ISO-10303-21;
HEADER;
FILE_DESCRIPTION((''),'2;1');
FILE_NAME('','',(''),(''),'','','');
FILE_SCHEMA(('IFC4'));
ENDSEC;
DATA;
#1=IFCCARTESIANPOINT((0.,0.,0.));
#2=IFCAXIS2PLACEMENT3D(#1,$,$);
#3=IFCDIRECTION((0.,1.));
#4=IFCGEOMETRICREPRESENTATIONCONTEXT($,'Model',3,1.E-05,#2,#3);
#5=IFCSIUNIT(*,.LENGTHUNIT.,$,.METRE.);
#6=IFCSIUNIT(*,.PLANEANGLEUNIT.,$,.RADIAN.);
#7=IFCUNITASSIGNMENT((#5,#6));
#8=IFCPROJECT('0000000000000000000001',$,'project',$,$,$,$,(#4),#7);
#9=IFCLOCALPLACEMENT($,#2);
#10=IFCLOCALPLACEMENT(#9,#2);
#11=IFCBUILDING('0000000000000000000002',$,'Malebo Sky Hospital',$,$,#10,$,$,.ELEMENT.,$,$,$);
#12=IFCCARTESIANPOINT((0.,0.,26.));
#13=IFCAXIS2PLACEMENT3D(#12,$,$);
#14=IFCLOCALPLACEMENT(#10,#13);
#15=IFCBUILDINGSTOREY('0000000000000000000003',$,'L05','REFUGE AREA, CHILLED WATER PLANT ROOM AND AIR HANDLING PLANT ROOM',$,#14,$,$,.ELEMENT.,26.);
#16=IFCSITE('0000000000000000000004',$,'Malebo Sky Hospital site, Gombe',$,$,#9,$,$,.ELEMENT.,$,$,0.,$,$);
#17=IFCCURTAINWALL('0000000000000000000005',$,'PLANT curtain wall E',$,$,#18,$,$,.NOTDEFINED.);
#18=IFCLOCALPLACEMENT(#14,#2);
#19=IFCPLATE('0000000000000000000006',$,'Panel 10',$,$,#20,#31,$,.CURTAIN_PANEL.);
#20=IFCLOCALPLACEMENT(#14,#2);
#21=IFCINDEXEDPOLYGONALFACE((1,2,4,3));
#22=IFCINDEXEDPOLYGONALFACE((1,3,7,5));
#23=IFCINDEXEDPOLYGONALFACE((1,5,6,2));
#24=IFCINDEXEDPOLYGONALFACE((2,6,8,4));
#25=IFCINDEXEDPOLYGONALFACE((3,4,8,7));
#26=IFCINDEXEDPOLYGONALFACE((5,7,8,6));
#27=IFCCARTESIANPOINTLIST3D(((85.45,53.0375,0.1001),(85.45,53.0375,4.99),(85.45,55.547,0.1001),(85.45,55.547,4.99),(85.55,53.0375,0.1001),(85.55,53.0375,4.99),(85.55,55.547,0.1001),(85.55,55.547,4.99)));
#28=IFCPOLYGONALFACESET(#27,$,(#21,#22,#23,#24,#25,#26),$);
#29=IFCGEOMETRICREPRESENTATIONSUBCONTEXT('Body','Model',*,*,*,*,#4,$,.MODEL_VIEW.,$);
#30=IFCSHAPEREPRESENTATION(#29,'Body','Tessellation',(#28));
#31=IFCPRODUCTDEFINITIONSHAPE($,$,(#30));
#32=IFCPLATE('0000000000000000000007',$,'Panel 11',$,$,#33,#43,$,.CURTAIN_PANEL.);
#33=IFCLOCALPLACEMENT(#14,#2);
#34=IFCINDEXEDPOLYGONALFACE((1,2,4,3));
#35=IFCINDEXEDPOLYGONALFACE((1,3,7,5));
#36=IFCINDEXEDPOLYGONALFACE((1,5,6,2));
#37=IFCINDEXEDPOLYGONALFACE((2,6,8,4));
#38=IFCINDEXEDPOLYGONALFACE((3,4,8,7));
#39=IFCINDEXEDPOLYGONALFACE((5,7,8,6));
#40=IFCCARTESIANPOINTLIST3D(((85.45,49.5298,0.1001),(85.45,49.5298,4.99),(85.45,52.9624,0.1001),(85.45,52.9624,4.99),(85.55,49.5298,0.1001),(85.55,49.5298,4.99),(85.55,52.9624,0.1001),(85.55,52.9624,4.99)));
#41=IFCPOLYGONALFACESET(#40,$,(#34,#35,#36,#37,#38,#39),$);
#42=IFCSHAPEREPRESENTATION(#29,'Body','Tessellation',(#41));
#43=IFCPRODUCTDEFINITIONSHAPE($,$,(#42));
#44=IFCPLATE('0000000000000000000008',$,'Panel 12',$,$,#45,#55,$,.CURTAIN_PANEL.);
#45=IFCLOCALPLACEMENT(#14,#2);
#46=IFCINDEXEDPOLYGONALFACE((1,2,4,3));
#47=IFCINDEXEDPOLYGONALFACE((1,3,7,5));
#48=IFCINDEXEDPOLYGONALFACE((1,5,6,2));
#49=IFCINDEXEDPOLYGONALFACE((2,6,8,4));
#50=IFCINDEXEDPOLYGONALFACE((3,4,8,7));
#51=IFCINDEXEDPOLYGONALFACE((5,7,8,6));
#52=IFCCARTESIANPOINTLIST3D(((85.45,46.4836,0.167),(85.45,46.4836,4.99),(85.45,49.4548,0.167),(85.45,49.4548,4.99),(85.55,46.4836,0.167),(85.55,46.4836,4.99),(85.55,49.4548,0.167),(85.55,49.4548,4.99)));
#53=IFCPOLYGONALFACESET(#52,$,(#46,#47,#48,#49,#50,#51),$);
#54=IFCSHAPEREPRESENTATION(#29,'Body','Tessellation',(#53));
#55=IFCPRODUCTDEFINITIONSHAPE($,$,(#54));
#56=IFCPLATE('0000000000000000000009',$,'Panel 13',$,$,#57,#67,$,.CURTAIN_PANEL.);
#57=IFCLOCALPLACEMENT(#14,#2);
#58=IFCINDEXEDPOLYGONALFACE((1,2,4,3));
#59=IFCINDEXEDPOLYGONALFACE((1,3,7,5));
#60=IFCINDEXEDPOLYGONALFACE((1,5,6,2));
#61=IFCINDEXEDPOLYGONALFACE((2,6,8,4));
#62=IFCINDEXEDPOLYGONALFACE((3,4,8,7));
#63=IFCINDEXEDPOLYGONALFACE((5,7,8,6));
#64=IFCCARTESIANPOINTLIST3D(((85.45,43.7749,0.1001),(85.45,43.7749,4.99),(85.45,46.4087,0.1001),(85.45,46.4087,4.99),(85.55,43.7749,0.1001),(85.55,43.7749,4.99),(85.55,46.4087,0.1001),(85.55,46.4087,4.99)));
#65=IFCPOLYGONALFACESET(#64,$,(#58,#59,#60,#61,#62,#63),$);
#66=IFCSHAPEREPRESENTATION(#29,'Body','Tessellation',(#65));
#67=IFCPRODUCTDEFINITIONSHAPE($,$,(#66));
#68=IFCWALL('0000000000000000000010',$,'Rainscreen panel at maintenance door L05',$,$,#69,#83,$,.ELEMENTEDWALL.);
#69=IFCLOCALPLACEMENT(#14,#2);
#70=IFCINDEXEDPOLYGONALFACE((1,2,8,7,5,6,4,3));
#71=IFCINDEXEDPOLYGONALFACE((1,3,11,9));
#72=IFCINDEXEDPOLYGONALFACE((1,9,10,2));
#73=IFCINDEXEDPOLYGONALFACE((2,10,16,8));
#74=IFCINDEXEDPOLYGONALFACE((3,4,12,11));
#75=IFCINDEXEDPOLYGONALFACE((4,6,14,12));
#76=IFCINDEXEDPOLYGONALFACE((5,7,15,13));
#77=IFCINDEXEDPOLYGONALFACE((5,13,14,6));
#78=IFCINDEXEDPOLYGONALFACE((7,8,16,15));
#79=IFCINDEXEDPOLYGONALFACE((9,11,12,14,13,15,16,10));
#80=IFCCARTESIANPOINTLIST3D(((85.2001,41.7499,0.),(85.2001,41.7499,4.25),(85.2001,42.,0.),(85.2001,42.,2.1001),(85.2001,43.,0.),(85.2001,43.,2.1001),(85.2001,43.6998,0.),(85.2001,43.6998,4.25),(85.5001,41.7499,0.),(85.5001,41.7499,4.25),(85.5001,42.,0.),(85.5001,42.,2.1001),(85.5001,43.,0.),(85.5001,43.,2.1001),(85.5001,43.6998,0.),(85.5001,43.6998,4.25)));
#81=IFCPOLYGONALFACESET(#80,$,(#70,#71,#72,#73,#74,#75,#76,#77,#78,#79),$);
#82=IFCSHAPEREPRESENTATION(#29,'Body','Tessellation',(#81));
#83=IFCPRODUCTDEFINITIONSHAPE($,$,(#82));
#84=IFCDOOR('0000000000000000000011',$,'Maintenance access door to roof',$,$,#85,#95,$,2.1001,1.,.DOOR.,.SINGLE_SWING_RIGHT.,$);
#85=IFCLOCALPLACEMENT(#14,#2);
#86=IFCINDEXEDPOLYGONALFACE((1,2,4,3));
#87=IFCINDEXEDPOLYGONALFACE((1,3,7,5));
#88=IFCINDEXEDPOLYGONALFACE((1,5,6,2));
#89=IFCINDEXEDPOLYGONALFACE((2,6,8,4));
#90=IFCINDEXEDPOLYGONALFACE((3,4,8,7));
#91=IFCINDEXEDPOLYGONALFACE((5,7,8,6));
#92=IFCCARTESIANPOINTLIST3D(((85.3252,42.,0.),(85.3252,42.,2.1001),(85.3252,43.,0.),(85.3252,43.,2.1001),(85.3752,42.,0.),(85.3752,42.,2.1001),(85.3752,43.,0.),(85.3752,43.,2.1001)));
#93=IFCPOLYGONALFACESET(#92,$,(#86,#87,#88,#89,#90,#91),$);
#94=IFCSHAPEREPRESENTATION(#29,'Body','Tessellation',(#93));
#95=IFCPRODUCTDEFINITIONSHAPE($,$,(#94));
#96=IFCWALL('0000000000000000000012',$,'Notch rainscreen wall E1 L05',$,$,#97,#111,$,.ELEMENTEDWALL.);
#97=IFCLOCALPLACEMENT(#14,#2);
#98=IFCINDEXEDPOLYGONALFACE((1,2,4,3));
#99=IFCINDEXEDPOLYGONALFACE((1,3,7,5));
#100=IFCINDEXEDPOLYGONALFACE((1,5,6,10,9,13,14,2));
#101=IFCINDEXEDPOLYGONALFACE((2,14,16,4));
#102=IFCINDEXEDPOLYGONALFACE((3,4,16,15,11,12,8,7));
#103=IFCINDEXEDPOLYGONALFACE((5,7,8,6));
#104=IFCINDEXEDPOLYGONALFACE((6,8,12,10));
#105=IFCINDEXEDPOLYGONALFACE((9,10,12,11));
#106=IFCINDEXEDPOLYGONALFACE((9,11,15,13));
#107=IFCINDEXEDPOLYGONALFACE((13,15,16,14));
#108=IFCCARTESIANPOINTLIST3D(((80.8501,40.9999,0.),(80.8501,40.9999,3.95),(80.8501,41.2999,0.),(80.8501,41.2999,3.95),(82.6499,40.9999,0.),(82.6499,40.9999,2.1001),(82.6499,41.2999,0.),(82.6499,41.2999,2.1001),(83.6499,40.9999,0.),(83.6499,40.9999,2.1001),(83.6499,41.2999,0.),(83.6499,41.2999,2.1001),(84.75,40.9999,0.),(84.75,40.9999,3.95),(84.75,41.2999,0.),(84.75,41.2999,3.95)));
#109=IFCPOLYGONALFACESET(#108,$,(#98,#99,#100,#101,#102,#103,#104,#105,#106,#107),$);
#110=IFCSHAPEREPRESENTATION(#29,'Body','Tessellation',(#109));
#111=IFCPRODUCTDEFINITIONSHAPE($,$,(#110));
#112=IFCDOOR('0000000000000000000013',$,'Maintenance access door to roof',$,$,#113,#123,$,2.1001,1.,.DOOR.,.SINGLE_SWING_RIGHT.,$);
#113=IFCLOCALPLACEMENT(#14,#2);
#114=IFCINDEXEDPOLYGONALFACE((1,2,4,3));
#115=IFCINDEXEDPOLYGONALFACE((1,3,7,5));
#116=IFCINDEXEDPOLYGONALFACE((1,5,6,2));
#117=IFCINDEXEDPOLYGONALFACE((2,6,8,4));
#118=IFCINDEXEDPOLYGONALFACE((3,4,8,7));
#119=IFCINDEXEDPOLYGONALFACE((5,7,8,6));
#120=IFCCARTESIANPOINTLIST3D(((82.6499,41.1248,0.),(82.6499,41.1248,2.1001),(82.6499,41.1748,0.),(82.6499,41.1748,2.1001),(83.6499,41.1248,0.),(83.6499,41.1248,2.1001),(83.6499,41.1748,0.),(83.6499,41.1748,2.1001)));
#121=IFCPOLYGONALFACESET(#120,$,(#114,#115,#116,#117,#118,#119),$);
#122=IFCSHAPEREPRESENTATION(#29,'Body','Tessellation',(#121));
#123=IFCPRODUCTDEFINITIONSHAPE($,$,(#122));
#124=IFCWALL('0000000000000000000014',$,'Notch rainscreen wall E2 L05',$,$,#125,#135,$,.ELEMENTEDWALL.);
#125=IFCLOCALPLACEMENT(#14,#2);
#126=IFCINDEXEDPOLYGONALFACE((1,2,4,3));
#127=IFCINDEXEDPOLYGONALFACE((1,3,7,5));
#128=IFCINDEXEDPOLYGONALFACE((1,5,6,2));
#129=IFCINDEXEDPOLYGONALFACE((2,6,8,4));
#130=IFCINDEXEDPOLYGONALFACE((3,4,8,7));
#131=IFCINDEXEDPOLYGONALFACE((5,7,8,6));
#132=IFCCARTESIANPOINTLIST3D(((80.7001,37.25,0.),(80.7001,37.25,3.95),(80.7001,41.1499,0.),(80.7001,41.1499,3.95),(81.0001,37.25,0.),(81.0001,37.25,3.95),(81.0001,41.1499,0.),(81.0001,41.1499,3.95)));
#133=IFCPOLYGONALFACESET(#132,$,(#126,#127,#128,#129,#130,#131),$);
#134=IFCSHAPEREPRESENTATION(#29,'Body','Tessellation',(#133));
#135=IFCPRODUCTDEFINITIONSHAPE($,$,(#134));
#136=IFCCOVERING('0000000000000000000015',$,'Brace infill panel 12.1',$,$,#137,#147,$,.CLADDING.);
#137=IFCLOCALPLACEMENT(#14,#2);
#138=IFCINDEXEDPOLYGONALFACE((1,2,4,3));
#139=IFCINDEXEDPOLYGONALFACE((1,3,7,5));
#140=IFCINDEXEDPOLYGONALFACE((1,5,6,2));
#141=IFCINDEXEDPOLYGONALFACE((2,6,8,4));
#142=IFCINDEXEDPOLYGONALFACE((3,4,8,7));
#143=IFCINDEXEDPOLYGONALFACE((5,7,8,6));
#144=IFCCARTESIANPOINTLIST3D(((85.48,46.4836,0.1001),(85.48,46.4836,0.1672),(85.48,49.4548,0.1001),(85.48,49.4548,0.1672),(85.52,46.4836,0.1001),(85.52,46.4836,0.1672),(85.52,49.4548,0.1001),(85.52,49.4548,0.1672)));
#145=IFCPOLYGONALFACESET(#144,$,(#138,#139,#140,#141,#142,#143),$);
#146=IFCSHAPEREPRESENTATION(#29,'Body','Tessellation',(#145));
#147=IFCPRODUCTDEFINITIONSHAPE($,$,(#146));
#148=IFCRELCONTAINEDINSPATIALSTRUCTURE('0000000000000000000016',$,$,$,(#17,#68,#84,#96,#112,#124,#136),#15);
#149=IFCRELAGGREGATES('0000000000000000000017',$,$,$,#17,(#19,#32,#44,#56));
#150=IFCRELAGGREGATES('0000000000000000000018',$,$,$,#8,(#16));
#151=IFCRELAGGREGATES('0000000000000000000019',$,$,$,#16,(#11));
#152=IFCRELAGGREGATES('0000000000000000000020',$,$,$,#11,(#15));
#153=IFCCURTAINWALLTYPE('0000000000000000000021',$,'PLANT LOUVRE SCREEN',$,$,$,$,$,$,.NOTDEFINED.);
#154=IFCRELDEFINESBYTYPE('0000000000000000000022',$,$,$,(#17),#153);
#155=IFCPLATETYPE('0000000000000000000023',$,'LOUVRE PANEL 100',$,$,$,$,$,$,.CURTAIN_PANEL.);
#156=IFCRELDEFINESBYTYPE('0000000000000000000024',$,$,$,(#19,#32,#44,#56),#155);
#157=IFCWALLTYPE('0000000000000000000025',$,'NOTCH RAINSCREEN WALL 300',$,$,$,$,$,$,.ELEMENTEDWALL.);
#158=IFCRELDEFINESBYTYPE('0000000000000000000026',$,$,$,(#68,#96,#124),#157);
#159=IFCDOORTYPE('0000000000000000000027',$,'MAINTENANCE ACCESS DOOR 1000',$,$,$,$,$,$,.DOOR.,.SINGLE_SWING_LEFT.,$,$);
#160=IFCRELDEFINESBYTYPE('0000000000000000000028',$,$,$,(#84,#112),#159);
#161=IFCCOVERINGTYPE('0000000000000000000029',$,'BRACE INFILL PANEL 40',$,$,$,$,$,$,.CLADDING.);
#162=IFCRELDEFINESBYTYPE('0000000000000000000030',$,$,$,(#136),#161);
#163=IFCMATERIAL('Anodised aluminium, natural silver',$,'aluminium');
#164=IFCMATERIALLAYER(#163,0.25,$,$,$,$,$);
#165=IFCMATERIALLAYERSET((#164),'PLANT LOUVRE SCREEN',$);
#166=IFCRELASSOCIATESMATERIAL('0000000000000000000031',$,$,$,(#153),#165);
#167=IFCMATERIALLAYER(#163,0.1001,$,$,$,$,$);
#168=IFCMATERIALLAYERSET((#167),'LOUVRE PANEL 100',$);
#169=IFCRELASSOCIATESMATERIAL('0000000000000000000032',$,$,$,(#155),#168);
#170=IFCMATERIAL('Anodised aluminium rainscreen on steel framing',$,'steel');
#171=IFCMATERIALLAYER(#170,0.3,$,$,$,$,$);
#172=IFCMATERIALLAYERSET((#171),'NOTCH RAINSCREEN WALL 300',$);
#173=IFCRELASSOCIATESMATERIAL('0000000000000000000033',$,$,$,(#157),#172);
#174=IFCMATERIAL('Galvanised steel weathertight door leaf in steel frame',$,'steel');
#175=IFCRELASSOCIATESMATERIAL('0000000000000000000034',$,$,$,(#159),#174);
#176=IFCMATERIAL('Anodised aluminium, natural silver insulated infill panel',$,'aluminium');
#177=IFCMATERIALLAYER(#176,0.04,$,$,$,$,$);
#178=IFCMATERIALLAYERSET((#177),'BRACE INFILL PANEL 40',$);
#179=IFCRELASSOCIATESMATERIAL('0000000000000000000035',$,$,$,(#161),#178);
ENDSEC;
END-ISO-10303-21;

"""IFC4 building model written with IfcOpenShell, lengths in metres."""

from ifc_helpers import new_model, si_unit, direction, frame, frame_2d, origin, origin_2d, place, context, subcontext, project, spatial, polyline, rectangle, outline, extrude, material, layer, layer_set, type_object, element, fill, aggregate, save


model = new_model("IFC4")

# Units and contexts
model_context = context("Model", 3, precision=1e-05, world=origin(), true_north=direction((0.0, 1.0)))
body_context = subcontext(model_context, "Body", "Model", "MODEL_VIEW")
ifc_project = project(units=[si_unit("LENGTHUNIT", "METRE"), si_unit("PLANEANGLEUNIT", "RADIAN")], contexts=[model_context])

# Site, building, storey
site_placement = place(None, origin())
site = spatial("IfcSite", under=ifc_project, at=site_placement, Name="Malebo Sky Hospital site, Gombe", CompositionType="ELEMENT", RefElevation=0.0)
building_placement = place(site_placement, origin())
building = spatial("IfcBuilding", under=site, at=building_placement, Name="Malebo Sky Hospital", CompositionType="ELEMENT")
storey_placement = place(building_placement, frame((0.0, 0.0, 26.0)))
storey = spatial("IfcBuildingStorey", under=building, at=storey_placement, Name="L05", Description="REFUGE AREA, CHILLED WATER PLANT ROOM AND AIR HANDLING PLANT ROOM", CompositionType="ELEMENT", Elevation=26.0)

# Curtain wall
ifc_material_1 = material(Name="Anodised aluminium, natural silver", Category="aluminium")
ifc_layer_1 = layer(ifc_material_1, 0.25)
ifc_layer_set_1 = layer_set([ifc_layer_1], Name="PLANT LOUVRE SCREEN")
curtain_wall_type = type_object("IfcCurtainWallType", Name="PLANT LOUVRE SCREEN", PredefinedType="NOTDEFINED", material=ifc_layer_set_1)
curtain_wall_1_placement = place(storey_placement, origin())
curtain_wall_1 = element("IfcCurtainWall", 1, at=curtain_wall_1_placement, inside=storey, type_object=curtain_wall_type, Name="PLANT curtain wall E", PredefinedType="NOTDEFINED")

# Plates
ifc_layer_2 = layer(ifc_material_1, 0.1001)
ifc_layer_set_2 = layer_set([ifc_layer_2], Name="LOUVRE PANEL 100")
plate_type = type_object("IfcPlateType", Name="LOUVRE PANEL 100", PredefinedType="CURTAIN_PANEL", material=ifc_layer_set_2)
plate_1_placement = place(storey_placement, frame((85.5, 54.2922, 0.1001), z_axis=(0.0, 0.0, 1.0), x_axis=(0.0, -1.0, 0.0)))
plate_1 = element("IfcPlate", 2, at=plate_1_placement, type_object=plate_type, Name="Panel 10", PredefinedType="CURTAIN_PANEL", context=body_context, shape_type="SweptSolid", body=[
    extrude(rectangle(XDim=2.5095, YDim=0.1001, at=origin_2d()), origin(), (0.0, 0.0, 1.0), 4.8899),
])
plate_2_placement = place(storey_placement, frame((85.5, 51.2461, 0.1001), z_axis=(0.0, 0.0, 1.0), x_axis=(0.0, -1.0, 0.0)))
plate_2 = element("IfcPlate", 3, at=plate_2_placement, type_object=plate_type, Name="Panel 11", PredefinedType="CURTAIN_PANEL", context=body_context, shape_type="SweptSolid", body=[
    extrude(rectangle(XDim=3.4326, YDim=0.1001, at=origin_2d()), origin(), (0.0, 0.0, 1.0), 4.8899),
])
plate_3_placement = place(storey_placement, frame((85.5, 47.9692, 0.167), z_axis=(0.0, 0.0, 1.0), x_axis=(0.0, -1.0, 0.0)))
plate_3 = element("IfcPlate", 4, at=plate_3_placement, type_object=plate_type, Name="Panel 12", PredefinedType="CURTAIN_PANEL", context=body_context, shape_type="SweptSolid", body=[
    extrude(outline(polyline([(-1.4856, 0.0), (1.4856, 0.0), (1.4856, 4.823), (-1.4856, 4.823), (-1.4856, 0.0)])), frame((0.0, 0.05, 0.0), z_axis=(0.0, -1.0, 0.0), x_axis=(1.0, 0.0, 0.0)), (0.0, 0.0, 1.0), 0.1001),
])
plate_4_placement = place(storey_placement, frame((85.5, 45.0918, 0.1001), z_axis=(0.0, 0.0, 1.0), x_axis=(0.0, -1.0, 0.0)))
plate_4 = element("IfcPlate", 5, at=plate_4_placement, type_object=plate_type, Name="Panel 13", PredefinedType="CURTAIN_PANEL", context=body_context, shape_type="SweptSolid", body=[
    extrude(rectangle(XDim=2.6338, YDim=0.1001, at=origin_2d()), origin(), (0.0, 0.0, 1.0), 4.8899),
])
aggregate(curtain_wall_1, [plate_1, plate_2, plate_3, plate_4])

# Walls, openings, doors
ifc_material_2 = material(Name="Anodised aluminium rainscreen on steel framing", Category="steel")
ifc_layer_3 = layer(ifc_material_2, 0.3)
ifc_layer_set_3 = layer_set([ifc_layer_3], Name="NOTCH RAINSCREEN WALL 300")
wall_type = type_object("IfcWallType", Name="NOTCH RAINSCREEN WALL 300", PredefinedType="ELEMENTEDWALL", material=ifc_layer_set_3)
wall_1_placement = place(storey_placement, frame((85.3501, 43.7, 0.0), z_axis=(0.0, 0.0, 1.0), x_axis=(0.0, -1.0, 0.0)))
wall_1 = element("IfcWall", 6, at=wall_1_placement, inside=storey, type_object=wall_type, Name="Rainscreen panel at maintenance door L05", PredefinedType="ELEMENTEDWALL", context=body_context, shape_type="SweptSolid", body=[
    extrude(rectangle(XDim=1.95, YDim=0.3, at=frame_2d((0.9751, 0.0))), origin(), (0.0, 0.0, 1.0), 4.25),
])
opening_1_placement = place(wall_1_placement, frame((0.7, 0.0, 0.0)))
opening_1 = element("IfcOpeningElement", 7, at=opening_1_placement, cuts=wall_1, PredefinedType="OPENING", context=body_context, shape_type="SweptSolid", body=[
    extrude(rectangle(XDim=1.0, YDim=2.1001, at=frame_2d((0.5, 1.05))), frame((0.0, 0.1599, 0.0), z_axis=(0.0, -1.0, 0.0), x_axis=(1.0, 0.0, 0.0)), (0.0, 0.0, 1.0), 0.3201),
])
ifc_material_3 = material(Name="Galvanised steel weathertight door leaf in steel frame", Category="steel")
door_type = type_object("IfcDoorType", Name="MAINTENANCE ACCESS DOOR 1000", OperationType="SINGLE_SWING_LEFT", PredefinedType="DOOR", material=ifc_material_3)
door_1_placement = place(opening_1_placement, frame((1.0, 0.0, 0.0), z_axis=(0.0, 0.0, 1.0), x_axis=(-1.0, 0.0, 0.0)))
door_1 = element("IfcDoor", 8, at=door_1_placement, inside=storey, type_object=door_type, Name="Maintenance access door to roof", OperationType="SINGLE_SWING_RIGHT", OverallHeight=2.1001, OverallWidth=1.0, PredefinedType="DOOR", context=body_context, shape_type="SweptSolid", body=[
    extrude(rectangle(XDim=1.0, YDim=2.1001, at=frame_2d((0.5, 1.05))), frame((0.0, 0.0249, 0.0), z_axis=(0.0, -1.0, 0.0), x_axis=(1.0, 0.0, 0.0)), (0.0, 0.0, 1.0), 0.05),
])
fill(opening_1, door_1)
wall_2_placement = place(storey_placement, frame((84.75, 41.1499, 0.0), z_axis=(0.0, 0.0, 1.0), x_axis=(-1.0, 0.0, 0.0)))
wall_2 = element("IfcWall", 9, at=wall_2_placement, inside=storey, type_object=wall_type, Name="Notch rainscreen wall E1 L05", PredefinedType="ELEMENTEDWALL", context=body_context, shape_type="SweptSolid", body=[
    extrude(rectangle(XDim=3.8999, YDim=0.3, at=frame_2d((1.95, 0.0))), origin(), (0.0, 0.0, 1.0), 3.95),
])
opening_2_placement = place(wall_2_placement, frame((1.1001, 0.0, 0.0)))
opening_2 = element("IfcOpeningElement", 10, at=opening_2_placement, cuts=wall_2, PredefinedType="OPENING", context=body_context, shape_type="SweptSolid", body=[
    extrude(rectangle(XDim=1.0, YDim=2.1001, at=frame_2d((0.5, 1.05))), frame((0.0, 0.1599, 0.0), z_axis=(0.0, -1.0, 0.0), x_axis=(1.0, 0.0, 0.0)), (0.0, 0.0, 1.0), 0.3201),
])
door_2_placement = place(opening_2_placement, frame((1.0, 0.0, 0.0), z_axis=(0.0, 0.0, 1.0), x_axis=(-1.0, 0.0, 0.0)))
door_2 = element("IfcDoor", 11, at=door_2_placement, inside=storey, type_object=door_type, Name="Maintenance access door to roof", OperationType="SINGLE_SWING_RIGHT", OverallHeight=2.1001, OverallWidth=1.0, PredefinedType="DOOR", context=body_context, shape_type="SweptSolid", body=[
    extrude(rectangle(XDim=1.0, YDim=2.1001, at=frame_2d((0.5, 1.05))), frame((0.0, 0.0249, 0.0), z_axis=(0.0, -1.0, 0.0), x_axis=(1.0, 0.0, 0.0)), (0.0, 0.0, 1.0), 0.05),
])
fill(opening_2, door_2)

# Wall
wall_3_placement = place(storey_placement, frame((80.8501, 41.1499, 0.0), z_axis=(0.0, 0.0, 1.0), x_axis=(0.0, -1.0, 0.0)))
element("IfcWall", 12, at=wall_3_placement, inside=storey, type_object=wall_type, Name="Notch rainscreen wall E2 L05", PredefinedType="ELEMENTEDWALL", context=body_context, shape_type="SweptSolid", body=[
    extrude(rectangle(XDim=3.8999, YDim=0.3, at=frame_2d((1.95, 0.0))), origin(), (0.0, 0.0, 1.0), 3.95),
])

# Covering
ifc_material_4 = material(Name="Anodised aluminium, natural silver insulated infill panel", Category="aluminium")
ifc_layer_4 = layer(ifc_material_4, 0.04)
ifc_layer_set_4 = layer_set([ifc_layer_4], Name="BRACE INFILL PANEL 40")
covering_type = type_object("IfcCoveringType", Name="BRACE INFILL PANEL 40", PredefinedType="CLADDING", material=ifc_layer_set_4)
covering_placement = place(storey_placement, frame((85.5, 47.9692, 0.1001), z_axis=(0.0, 0.0, 1.0), x_axis=(0.0, -1.0, 0.0)))
element("IfcCovering", 13, at=covering_placement, inside=storey, type_object=covering_type, Name="Brace infill panel 12.1", PredefinedType="CLADDING", context=body_context, shape_type="SweptSolid", body=[
    extrude(outline(polyline([(-1.4856, 0.0), (1.4856, 0.0), (1.4856, 0.0671), (-1.4856, 0.0671), (-1.4856, 0.0)])), frame((0.0, 0.02, 0.0), z_axis=(0.0, -1.0, 0.0), x_axis=(1.0, 0.0, 0.0)), (0.0, 0.0, 1.0), 0.04),
])

save(model, "model.ifc")
